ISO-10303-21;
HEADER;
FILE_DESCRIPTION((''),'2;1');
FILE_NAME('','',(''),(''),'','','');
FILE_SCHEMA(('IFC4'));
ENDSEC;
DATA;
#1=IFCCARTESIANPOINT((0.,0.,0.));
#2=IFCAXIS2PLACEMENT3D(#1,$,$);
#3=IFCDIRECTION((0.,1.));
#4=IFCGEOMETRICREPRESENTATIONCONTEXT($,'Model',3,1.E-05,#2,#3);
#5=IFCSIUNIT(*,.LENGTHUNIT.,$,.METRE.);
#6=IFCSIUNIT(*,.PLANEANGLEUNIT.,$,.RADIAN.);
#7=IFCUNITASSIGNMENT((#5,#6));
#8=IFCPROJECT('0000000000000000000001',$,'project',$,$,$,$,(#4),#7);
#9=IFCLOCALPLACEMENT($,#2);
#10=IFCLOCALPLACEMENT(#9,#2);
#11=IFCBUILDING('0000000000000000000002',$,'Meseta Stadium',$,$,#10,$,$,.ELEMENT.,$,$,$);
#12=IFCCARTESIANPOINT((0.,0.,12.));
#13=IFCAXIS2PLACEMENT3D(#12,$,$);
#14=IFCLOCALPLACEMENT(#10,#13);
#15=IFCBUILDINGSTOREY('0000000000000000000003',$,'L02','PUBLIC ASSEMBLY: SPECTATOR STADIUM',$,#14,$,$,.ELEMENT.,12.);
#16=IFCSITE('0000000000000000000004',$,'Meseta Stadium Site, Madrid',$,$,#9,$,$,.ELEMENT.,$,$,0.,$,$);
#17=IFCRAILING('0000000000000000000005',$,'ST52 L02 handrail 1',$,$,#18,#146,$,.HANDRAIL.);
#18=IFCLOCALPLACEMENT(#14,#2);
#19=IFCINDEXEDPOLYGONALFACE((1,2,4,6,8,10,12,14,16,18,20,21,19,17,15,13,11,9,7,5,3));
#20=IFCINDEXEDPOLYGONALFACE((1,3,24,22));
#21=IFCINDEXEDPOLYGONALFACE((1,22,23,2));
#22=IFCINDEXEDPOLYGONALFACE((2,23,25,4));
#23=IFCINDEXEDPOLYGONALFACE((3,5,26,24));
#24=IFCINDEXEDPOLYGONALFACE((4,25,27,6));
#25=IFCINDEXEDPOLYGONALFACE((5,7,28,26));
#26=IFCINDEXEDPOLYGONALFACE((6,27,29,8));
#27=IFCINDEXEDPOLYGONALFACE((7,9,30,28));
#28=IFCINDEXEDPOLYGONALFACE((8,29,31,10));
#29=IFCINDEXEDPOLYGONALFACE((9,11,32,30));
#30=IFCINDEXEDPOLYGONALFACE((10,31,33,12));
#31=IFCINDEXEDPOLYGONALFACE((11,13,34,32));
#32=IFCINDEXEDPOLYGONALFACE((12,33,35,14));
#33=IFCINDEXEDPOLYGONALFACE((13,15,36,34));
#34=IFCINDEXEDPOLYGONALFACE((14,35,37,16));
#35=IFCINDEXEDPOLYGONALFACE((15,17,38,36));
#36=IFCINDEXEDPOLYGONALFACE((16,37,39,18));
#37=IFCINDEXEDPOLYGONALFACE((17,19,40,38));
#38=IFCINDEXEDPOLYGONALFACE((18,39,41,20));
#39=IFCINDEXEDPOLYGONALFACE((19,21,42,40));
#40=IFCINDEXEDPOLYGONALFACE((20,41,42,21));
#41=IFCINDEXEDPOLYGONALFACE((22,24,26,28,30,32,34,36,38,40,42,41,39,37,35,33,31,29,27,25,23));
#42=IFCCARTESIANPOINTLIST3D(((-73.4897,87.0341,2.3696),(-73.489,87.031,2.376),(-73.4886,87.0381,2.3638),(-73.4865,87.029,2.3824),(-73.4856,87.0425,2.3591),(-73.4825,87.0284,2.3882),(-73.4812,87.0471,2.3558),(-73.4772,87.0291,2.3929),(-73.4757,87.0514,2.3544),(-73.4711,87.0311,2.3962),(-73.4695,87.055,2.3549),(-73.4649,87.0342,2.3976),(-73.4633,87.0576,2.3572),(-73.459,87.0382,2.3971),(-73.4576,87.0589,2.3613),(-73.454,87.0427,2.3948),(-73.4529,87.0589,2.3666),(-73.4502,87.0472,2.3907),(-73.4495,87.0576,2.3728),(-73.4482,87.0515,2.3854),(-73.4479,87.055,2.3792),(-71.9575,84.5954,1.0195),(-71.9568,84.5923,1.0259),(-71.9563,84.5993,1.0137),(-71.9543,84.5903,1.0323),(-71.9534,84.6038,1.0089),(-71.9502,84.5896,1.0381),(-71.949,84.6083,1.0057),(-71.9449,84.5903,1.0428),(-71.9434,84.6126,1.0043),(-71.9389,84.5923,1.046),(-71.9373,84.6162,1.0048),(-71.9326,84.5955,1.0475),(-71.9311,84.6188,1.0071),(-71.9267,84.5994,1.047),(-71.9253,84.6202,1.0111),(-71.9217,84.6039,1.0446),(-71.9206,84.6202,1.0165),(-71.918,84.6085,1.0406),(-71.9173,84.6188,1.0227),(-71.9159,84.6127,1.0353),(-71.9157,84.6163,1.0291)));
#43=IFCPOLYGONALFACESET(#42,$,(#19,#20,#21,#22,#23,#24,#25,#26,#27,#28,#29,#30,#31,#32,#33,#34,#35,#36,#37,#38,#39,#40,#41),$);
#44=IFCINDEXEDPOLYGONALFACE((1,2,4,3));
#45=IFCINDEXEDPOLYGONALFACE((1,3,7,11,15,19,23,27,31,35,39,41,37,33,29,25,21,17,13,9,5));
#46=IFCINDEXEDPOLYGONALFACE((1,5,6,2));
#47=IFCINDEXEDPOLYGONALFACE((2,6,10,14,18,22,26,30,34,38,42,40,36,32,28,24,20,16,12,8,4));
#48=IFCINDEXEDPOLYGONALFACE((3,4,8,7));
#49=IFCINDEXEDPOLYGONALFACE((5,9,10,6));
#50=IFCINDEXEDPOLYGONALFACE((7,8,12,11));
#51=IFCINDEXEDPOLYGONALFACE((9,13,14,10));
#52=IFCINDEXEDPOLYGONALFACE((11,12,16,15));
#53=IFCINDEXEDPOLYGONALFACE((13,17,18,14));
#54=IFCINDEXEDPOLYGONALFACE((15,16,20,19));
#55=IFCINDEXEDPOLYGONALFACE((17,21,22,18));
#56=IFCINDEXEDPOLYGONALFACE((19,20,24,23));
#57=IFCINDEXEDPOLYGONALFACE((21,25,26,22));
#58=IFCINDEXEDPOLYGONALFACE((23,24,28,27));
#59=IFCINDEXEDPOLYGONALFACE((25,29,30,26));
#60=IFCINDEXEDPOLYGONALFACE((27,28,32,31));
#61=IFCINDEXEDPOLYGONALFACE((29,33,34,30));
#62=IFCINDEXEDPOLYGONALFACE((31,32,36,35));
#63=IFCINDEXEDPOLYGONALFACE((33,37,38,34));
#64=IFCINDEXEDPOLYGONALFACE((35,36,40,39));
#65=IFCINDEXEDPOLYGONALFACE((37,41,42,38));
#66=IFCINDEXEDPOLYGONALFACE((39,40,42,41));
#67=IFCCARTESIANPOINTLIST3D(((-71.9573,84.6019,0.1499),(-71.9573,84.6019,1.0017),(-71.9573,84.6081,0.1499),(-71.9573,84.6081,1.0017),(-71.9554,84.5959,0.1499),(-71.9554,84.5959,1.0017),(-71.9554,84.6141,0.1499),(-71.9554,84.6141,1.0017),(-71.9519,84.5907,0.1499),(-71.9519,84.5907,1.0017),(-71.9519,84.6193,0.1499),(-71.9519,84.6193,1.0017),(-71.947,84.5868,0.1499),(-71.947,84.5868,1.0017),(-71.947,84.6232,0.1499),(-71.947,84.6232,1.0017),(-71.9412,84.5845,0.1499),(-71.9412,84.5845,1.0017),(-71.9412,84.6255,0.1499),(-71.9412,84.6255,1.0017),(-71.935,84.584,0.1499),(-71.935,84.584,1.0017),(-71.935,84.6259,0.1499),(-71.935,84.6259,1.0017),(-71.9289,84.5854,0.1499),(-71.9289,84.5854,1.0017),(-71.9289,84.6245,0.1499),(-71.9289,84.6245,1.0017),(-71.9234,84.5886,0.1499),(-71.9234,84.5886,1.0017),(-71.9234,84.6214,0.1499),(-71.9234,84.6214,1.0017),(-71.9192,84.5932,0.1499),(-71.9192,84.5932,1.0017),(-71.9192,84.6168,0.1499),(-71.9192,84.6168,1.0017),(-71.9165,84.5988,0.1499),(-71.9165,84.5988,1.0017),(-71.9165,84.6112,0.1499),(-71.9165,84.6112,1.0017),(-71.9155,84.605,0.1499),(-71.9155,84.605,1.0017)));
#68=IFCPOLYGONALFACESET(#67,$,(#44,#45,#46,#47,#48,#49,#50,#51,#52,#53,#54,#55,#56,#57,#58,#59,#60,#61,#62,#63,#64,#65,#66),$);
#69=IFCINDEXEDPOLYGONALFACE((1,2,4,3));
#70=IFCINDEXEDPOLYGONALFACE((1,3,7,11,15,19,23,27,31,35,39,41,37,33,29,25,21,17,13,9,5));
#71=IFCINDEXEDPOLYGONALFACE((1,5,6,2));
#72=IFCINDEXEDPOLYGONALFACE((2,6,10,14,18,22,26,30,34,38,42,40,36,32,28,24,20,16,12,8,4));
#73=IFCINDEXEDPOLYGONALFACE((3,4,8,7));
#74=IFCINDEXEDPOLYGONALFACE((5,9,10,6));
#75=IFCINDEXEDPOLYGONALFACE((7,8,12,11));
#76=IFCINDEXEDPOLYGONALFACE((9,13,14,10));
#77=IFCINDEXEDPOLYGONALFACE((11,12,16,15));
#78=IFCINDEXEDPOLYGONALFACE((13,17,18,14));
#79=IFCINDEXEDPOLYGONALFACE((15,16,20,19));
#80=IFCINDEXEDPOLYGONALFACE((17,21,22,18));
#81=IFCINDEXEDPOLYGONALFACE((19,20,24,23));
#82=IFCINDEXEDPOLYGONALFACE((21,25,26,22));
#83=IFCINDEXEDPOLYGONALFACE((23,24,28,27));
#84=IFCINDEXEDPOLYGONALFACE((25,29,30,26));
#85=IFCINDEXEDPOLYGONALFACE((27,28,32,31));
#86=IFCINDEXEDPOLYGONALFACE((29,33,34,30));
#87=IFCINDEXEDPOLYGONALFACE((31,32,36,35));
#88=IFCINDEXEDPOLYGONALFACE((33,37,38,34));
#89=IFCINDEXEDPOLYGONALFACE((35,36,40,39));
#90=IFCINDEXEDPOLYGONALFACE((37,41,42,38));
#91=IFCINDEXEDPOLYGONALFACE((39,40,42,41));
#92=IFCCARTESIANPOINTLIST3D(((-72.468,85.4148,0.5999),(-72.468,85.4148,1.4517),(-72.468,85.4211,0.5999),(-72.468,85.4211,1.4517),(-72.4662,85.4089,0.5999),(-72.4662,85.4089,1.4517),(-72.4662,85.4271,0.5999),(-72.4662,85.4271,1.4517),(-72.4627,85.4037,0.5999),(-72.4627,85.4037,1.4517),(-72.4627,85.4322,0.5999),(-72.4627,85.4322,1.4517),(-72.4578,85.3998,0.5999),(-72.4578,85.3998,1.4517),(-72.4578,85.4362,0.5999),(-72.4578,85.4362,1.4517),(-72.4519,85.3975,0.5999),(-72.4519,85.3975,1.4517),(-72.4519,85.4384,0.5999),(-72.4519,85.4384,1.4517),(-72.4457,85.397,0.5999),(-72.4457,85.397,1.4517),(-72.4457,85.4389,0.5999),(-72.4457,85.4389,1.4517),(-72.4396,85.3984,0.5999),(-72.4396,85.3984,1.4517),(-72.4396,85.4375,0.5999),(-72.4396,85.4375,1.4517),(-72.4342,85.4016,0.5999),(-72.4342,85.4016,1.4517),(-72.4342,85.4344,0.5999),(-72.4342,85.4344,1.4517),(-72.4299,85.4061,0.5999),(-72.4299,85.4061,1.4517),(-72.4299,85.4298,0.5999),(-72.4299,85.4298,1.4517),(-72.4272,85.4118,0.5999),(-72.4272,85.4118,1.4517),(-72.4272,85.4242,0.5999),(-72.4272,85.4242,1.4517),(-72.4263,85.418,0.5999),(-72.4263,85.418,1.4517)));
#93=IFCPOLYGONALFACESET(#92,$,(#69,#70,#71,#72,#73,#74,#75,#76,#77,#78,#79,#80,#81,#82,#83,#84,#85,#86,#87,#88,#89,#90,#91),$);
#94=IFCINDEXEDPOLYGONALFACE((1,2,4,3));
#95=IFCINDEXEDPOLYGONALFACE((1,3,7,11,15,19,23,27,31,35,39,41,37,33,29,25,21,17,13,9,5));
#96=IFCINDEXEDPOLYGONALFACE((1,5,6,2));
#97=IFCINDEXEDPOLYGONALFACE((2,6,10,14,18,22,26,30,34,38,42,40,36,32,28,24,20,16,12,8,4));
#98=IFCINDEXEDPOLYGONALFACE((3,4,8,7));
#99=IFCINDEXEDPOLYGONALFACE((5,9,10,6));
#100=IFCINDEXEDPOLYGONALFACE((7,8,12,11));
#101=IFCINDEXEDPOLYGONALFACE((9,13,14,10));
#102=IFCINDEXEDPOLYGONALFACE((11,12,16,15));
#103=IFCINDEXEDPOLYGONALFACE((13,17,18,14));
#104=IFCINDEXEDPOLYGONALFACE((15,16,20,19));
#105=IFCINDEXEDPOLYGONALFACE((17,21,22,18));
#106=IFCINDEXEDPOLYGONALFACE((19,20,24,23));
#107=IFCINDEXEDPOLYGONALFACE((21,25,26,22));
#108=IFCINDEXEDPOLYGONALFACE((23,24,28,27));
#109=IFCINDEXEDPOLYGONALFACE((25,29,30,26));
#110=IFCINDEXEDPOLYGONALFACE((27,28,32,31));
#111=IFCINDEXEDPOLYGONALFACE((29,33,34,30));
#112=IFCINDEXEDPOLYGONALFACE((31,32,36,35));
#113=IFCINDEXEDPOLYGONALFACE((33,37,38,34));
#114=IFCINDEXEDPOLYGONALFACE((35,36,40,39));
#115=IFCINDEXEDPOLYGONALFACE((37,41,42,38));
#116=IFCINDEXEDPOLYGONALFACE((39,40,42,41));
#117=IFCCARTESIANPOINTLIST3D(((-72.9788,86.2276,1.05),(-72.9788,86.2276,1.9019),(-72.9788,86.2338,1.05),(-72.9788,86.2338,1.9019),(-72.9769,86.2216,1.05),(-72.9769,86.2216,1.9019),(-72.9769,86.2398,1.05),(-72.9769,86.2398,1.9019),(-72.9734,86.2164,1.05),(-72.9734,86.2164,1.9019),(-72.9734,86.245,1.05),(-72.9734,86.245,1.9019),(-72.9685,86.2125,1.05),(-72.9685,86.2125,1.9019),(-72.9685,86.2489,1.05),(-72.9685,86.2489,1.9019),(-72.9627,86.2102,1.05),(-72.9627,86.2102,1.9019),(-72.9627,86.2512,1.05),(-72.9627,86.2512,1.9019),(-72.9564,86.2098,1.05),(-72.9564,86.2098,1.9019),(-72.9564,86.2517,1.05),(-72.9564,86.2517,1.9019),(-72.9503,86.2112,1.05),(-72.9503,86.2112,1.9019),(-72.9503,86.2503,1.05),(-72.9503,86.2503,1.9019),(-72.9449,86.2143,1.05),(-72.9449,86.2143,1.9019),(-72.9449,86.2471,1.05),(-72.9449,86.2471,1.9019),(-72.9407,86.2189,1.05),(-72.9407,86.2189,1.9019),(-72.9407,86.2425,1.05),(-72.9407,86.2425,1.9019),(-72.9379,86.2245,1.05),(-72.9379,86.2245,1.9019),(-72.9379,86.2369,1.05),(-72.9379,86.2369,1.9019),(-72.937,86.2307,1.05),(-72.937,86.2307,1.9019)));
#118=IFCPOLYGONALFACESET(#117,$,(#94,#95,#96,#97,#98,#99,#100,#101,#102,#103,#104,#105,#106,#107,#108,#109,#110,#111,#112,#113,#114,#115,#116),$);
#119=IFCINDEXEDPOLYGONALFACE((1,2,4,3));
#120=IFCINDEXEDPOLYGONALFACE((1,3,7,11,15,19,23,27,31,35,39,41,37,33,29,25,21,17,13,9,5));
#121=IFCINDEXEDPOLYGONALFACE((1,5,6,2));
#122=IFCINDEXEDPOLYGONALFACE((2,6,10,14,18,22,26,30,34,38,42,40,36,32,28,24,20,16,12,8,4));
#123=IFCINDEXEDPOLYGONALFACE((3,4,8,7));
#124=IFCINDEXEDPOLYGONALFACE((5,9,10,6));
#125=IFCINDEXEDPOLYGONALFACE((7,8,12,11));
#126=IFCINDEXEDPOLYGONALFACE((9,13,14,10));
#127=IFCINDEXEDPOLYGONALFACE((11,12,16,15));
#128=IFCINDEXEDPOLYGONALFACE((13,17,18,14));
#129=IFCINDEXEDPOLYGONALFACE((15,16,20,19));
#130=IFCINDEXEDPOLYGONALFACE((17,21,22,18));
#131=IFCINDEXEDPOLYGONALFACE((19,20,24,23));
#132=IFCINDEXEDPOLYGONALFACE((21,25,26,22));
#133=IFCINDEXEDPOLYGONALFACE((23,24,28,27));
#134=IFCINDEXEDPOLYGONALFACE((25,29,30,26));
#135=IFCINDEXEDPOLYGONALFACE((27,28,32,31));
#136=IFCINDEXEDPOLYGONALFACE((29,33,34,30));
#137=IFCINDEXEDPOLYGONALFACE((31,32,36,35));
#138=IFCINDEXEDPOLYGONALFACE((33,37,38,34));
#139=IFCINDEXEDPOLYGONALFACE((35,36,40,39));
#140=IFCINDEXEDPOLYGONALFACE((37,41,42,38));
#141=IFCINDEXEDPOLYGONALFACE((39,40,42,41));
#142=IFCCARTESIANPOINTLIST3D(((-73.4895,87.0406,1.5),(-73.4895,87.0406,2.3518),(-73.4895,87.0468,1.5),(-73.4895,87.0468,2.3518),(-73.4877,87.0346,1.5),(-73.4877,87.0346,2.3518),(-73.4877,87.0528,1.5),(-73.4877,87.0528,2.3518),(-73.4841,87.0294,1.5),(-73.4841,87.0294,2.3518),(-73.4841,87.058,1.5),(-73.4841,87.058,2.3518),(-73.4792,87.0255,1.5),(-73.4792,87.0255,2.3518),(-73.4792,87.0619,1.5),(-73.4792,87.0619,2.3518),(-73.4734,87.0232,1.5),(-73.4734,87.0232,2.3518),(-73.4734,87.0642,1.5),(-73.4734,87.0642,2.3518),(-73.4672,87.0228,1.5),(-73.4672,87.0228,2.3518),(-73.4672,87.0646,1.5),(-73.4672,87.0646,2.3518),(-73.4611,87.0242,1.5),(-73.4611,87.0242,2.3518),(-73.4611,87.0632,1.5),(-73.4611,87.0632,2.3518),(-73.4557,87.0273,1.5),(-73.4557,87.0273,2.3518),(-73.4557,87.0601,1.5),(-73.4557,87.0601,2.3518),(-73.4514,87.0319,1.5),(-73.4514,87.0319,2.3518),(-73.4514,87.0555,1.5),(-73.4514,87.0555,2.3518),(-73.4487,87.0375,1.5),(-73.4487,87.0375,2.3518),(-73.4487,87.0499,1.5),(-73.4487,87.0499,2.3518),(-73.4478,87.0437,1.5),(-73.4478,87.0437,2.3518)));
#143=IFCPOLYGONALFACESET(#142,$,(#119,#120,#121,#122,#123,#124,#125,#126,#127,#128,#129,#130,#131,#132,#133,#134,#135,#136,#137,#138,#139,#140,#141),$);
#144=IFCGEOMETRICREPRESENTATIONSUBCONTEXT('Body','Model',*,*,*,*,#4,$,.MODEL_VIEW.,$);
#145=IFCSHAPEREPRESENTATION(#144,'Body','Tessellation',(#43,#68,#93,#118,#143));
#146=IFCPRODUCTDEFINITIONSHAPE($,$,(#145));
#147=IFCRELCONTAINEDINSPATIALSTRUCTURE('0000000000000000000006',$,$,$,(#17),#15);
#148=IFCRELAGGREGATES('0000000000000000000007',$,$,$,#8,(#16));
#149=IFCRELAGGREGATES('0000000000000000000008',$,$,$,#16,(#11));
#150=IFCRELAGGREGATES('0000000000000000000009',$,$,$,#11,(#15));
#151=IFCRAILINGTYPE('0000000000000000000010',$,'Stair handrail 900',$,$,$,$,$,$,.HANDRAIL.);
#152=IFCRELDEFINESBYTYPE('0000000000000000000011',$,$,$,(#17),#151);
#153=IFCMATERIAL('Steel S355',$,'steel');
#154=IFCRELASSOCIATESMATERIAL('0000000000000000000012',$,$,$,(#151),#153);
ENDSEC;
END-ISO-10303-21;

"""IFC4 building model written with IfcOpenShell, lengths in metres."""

from ifc_helpers import new_model, si_unit, direction, frame, origin, origin_2d, place, context, subcontext, project, spatial, circle, extrude, material, type_object, element, save


model = new_model("IFC4")

# Units and contexts
model_context = context("Model", 3, precision=1e-05, world=origin(), true_north=direction((0.0, 1.0)))
body_context = subcontext(model_context, "Body", "Model", "MODEL_VIEW")
ifc_project = project(units=[si_unit("LENGTHUNIT", "METRE"), si_unit("PLANEANGLEUNIT", "RADIAN")], contexts=[model_context])

# Site, building, storey
site_placement = place(None, origin())
site = spatial("IfcSite", under=ifc_project, at=site_placement, Name="Meseta Stadium Site, Madrid", CompositionType="ELEMENT", RefElevation=0.0)
building_placement = place(site_placement, origin())
building = spatial("IfcBuilding", under=site, at=building_placement, Name="Meseta Stadium", CompositionType="ELEMENT")
storey_placement = place(building_placement, frame((0.0, 0.0, 12.0)))
storey = spatial("IfcBuildingStorey", under=building, at=storey_placement, Name="L02", Description="PUBLIC ASSEMBLY: SPECTATOR STADIUM", CompositionType="ELEMENT", Elevation=12.0)

# Railing
ifc_material_1 = material(Name="Steel S355", Category="steel")
railing_type_1 = type_object("IfcRailingType", Name="Stair handrail 900", PredefinedType="HANDRAIL", material=ifc_material_1)
for number, where, name in (
    (1, (-71.9365, 84.605, 0.1499), "ST52 L02 handrail 1"),
):
    element("IfcRailing", number, at=place(storey_placement, frame(where)), inside=storey, type_object=railing_type_1, Name=name, PredefinedType="HANDRAIL", context=body_context, shape_type="SweptSolid", body=[
        extrude(circle(Radius=0.0239, at=origin_2d()), frame((0.0, 0.0, 0.876), z_axis=(-0.481703, 0.766687, 0.424445), x_axis=(-0.846743, -0.532001, 0.0)), (0.0, 0.0, 1.0), 3.1809),
        extrude(circle(Radius=0.021, at=origin_2d()), origin(), (0.0, 0.0, 1.0), 0.8518),
        extrude(circle(Radius=0.021, at=origin_2d()), frame((-0.5107, 0.813, 0.45)), (0.0, 0.0, 1.0), 0.8518),
        extrude(circle(Radius=0.021, at=origin_2d()), frame((-1.0215, 1.6257, 0.9001)), (0.0, 0.0, 1.0), 0.8518),
        extrude(circle(Radius=0.021, at=origin_2d()), frame((-1.5322, 2.4387, 1.3501)), (0.0, 0.0, 1.0), 0.8518),
    ])

save(model, "model.ifc")
